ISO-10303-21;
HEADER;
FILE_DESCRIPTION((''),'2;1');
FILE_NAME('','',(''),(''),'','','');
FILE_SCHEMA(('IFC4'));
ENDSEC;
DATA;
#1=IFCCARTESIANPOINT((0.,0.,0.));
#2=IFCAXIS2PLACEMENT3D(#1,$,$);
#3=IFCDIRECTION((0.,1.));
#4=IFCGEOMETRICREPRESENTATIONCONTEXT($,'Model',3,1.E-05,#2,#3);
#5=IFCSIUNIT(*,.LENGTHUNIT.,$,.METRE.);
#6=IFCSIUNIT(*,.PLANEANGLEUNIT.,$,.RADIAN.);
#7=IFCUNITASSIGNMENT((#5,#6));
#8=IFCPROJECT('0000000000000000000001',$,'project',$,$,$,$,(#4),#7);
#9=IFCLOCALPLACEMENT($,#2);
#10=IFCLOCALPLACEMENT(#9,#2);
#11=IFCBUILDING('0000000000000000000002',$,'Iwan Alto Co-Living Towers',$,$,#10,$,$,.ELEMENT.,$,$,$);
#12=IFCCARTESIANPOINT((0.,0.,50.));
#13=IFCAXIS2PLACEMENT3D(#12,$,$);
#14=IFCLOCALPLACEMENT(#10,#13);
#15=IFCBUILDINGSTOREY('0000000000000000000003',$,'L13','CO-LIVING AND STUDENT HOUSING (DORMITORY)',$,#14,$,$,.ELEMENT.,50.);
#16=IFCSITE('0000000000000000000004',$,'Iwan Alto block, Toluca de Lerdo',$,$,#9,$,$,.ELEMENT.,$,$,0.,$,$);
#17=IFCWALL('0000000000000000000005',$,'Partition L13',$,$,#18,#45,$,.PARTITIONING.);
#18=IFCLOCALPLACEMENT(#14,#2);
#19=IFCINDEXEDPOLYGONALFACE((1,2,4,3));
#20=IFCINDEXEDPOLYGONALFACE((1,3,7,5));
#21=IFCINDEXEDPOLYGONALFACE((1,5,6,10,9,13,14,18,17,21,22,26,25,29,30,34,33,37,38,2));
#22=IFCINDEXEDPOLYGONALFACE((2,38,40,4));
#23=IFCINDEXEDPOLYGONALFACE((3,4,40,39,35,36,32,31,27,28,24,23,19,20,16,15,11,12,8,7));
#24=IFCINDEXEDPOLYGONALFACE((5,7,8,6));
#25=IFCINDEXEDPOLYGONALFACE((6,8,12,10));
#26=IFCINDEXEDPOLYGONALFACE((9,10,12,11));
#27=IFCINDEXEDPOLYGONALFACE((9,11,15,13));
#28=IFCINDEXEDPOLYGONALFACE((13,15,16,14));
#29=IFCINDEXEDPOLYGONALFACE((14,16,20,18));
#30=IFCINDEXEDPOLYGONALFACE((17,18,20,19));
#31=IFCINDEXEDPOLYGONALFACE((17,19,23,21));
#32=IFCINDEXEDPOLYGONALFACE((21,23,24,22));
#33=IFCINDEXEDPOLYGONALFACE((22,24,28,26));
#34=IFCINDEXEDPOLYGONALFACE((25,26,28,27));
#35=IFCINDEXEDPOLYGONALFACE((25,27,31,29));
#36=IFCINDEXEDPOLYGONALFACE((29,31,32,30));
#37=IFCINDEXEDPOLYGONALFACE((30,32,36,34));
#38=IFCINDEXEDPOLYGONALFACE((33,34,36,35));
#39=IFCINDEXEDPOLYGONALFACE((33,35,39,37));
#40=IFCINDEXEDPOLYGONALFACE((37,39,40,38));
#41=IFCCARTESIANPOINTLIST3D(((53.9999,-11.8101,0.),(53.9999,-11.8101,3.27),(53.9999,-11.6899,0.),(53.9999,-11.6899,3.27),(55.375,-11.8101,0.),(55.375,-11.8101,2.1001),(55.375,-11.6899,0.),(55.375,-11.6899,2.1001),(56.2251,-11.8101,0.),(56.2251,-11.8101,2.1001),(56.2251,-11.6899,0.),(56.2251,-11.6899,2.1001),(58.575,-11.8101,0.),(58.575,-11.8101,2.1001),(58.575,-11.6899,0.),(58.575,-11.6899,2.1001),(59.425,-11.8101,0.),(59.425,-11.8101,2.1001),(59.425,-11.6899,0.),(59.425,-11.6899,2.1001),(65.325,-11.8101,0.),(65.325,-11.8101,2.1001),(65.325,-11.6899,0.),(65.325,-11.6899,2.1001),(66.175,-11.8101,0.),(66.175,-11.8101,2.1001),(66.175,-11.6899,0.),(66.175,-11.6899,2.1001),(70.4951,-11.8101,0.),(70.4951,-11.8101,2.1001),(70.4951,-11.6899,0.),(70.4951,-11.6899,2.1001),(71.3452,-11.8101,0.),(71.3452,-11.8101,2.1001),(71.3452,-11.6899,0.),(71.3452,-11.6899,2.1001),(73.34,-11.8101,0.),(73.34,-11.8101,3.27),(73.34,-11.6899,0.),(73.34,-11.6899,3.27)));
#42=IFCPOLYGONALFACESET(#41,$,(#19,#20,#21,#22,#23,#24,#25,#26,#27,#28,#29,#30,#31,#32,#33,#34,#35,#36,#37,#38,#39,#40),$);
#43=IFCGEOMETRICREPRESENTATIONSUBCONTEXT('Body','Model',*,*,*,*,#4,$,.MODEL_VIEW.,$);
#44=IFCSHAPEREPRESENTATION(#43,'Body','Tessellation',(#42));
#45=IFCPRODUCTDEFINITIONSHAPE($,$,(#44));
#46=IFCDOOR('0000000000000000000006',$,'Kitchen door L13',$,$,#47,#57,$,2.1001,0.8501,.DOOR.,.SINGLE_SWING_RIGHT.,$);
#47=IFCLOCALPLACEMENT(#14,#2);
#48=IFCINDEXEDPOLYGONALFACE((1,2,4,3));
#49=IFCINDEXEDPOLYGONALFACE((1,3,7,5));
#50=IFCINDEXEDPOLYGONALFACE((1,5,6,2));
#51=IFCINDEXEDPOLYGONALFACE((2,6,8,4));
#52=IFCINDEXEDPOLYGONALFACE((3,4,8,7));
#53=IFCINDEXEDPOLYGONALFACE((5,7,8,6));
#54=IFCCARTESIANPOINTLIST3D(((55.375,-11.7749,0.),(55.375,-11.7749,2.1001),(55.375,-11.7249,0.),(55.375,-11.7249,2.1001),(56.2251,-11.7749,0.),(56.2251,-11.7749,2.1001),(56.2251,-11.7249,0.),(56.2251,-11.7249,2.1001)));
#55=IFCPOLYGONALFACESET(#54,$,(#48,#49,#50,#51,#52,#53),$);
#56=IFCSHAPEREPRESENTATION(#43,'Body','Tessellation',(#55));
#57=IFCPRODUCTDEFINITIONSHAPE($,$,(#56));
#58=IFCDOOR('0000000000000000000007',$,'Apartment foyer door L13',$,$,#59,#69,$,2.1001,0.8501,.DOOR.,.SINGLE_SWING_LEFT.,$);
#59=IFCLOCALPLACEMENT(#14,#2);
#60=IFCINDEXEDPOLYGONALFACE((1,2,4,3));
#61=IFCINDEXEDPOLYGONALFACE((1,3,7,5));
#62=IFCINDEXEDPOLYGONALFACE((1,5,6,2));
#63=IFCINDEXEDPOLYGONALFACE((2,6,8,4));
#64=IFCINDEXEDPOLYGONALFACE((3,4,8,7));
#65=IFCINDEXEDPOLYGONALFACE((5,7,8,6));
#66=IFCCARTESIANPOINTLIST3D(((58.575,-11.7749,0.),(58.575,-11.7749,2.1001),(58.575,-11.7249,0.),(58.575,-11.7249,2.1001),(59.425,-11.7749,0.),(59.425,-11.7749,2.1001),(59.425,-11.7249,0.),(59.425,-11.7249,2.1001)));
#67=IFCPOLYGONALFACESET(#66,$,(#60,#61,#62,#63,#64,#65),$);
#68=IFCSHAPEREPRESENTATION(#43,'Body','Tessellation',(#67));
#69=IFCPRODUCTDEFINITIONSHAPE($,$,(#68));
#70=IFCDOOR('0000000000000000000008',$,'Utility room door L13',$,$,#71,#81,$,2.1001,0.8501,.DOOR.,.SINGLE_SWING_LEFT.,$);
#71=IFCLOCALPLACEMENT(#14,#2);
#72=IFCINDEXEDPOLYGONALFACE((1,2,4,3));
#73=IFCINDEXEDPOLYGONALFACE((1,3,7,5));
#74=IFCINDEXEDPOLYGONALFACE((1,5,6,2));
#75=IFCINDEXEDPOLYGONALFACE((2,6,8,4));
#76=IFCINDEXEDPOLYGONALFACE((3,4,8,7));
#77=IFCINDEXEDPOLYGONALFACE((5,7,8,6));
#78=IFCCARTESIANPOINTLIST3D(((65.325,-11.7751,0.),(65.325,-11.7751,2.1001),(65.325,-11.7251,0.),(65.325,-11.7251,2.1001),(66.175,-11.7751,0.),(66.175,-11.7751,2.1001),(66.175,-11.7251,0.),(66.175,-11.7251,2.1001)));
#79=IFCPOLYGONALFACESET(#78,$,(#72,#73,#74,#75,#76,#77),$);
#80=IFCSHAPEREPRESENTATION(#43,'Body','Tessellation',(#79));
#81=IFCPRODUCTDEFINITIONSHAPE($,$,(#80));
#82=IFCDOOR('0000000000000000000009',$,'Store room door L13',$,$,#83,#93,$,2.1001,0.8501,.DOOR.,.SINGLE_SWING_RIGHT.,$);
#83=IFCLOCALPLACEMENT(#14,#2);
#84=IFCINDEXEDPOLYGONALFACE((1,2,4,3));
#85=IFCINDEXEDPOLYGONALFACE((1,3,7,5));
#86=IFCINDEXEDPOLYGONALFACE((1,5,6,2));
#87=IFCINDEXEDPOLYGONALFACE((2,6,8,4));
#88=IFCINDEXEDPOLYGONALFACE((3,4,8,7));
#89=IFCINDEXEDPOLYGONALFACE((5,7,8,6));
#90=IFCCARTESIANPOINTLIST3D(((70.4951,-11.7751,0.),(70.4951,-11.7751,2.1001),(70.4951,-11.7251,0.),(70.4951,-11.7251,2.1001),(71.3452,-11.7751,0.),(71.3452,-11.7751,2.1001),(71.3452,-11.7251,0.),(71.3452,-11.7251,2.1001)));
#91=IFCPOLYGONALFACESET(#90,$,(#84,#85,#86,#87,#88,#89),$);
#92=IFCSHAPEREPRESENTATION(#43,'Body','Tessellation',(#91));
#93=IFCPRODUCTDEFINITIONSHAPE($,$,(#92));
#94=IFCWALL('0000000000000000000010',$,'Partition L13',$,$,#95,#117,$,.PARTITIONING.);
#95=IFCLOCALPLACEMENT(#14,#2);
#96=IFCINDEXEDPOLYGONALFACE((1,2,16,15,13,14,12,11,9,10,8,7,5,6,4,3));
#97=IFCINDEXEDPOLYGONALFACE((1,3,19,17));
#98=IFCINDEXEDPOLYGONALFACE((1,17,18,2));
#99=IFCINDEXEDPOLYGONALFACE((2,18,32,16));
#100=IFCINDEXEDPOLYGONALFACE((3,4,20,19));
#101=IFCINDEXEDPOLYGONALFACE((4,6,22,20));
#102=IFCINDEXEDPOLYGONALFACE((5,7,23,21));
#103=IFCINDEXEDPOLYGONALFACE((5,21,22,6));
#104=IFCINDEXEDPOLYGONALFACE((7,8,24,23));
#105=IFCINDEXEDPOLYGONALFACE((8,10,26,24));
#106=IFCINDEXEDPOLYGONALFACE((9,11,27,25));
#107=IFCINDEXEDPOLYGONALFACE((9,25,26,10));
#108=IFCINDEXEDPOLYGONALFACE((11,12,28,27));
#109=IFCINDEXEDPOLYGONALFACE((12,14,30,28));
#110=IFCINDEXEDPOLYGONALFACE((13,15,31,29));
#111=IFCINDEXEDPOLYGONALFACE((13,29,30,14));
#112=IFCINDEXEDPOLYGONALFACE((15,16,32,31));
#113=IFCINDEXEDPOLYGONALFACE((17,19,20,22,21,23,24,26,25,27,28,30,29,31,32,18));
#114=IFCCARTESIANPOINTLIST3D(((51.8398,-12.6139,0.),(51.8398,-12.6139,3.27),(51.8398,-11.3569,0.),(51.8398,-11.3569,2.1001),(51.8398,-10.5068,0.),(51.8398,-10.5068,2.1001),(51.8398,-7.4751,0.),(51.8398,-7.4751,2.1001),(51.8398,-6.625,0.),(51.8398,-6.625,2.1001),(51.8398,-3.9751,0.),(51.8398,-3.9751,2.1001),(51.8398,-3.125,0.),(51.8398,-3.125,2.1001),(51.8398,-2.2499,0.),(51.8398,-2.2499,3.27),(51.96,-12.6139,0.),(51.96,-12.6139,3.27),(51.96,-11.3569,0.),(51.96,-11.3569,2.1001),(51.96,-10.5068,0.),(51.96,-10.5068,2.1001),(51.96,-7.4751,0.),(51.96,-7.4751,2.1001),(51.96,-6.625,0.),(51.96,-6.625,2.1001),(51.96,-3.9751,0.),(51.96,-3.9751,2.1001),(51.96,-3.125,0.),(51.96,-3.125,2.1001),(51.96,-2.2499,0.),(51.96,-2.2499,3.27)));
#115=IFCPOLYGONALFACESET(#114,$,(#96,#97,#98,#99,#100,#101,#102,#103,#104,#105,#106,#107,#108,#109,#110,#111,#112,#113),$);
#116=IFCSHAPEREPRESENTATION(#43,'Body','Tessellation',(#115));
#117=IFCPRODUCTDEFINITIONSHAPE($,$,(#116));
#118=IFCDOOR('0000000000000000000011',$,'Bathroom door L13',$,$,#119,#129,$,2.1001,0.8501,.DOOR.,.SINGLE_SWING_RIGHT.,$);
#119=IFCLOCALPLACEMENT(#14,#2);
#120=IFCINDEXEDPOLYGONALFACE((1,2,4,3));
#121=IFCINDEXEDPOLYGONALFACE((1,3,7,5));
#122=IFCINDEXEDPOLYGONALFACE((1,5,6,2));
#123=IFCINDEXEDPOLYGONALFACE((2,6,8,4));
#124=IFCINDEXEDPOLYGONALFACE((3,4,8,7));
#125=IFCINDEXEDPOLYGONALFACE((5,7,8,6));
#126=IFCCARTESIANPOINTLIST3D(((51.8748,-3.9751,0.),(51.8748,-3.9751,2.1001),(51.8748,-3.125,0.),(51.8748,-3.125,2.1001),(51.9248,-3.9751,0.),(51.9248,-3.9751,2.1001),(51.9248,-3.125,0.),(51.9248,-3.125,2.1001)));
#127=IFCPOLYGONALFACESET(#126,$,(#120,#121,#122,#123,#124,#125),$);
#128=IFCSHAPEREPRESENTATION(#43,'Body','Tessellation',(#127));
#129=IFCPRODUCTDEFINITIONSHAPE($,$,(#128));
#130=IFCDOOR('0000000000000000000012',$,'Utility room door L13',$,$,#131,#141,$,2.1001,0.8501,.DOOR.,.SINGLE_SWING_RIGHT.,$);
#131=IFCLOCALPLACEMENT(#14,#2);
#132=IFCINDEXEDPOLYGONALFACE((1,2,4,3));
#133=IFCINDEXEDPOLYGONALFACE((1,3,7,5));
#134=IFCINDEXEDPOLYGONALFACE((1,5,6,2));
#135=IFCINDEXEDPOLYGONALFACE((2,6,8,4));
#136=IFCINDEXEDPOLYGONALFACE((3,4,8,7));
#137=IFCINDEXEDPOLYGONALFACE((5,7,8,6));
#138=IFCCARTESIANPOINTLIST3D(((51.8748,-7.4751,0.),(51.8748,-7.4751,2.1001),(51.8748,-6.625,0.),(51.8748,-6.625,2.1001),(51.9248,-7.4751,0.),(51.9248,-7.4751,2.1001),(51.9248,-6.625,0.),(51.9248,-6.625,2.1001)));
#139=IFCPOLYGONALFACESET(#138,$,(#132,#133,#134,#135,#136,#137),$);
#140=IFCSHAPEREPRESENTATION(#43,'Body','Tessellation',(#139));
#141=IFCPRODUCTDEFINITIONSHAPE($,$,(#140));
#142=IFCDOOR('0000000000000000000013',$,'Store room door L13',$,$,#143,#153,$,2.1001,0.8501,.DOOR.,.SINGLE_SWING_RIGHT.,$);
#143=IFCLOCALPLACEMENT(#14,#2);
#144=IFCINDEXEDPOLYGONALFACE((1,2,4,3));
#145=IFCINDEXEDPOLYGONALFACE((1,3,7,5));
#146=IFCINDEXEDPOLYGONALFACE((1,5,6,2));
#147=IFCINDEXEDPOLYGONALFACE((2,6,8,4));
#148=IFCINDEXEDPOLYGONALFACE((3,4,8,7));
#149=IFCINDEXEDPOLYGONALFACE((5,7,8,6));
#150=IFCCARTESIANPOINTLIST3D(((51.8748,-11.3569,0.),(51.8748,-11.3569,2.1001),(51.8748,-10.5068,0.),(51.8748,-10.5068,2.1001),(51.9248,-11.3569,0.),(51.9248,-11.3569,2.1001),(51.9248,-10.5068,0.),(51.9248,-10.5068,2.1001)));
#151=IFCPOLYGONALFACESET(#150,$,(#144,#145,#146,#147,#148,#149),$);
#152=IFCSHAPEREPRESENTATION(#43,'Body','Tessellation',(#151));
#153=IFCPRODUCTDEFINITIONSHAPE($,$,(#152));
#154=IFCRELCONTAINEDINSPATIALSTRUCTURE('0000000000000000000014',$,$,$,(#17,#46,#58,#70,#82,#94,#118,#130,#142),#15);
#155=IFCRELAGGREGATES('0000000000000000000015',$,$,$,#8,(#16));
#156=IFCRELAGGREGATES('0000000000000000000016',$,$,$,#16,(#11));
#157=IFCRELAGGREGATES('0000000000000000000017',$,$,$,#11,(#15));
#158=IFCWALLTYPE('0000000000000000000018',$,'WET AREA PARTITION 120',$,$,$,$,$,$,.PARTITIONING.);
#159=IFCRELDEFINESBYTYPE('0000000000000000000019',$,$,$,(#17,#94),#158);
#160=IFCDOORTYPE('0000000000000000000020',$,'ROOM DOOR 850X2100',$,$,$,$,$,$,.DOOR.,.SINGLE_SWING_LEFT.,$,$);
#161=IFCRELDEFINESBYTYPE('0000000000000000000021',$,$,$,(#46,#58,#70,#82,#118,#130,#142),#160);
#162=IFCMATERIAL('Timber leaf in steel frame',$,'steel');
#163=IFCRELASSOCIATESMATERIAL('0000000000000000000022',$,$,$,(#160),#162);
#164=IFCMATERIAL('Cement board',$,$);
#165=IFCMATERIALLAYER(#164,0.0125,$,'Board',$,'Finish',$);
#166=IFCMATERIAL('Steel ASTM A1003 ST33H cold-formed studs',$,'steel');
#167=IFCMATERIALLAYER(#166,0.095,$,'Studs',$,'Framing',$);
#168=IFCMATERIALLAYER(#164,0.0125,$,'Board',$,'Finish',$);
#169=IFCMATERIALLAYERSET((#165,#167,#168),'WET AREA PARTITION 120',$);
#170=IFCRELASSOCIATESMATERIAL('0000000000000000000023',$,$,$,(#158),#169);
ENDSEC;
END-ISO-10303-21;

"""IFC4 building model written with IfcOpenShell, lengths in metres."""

from ifc_helpers import new_model, si_unit, direction, frame, frame_2d, origin, place, context, subcontext, project, spatial, rectangle, extrude, material, layer, layer_set, type_object, element, fill, save


model = new_model("IFC4")

# Units and contexts
model_context = context("Model", 3, precision=1e-05, world=origin(), true_north=direction((0.0, 1.0)))
body_context = subcontext(model_context, "Body", "Model", "MODEL_VIEW")
ifc_project = project(units=[si_unit("LENGTHUNIT", "METRE"), si_unit("PLANEANGLEUNIT", "RADIAN")], contexts=[model_context])

# Site, building, storey
site_placement = place(None, origin())
site = spatial("IfcSite", under=ifc_project, at=site_placement, Name="Iwan Alto block, Toluca de Lerdo", CompositionType="ELEMENT", RefElevation=0.0)
building_placement = place(site_placement, origin())
building = spatial("IfcBuilding", under=site, at=building_placement, Name="Iwan Alto Co-Living Towers", CompositionType="ELEMENT")
storey_placement = place(building_placement, frame((0.0, 0.0, 50.0)))
storey = spatial("IfcBuildingStorey", under=building, at=storey_placement, Name="L13", Description="CO-LIVING AND STUDENT HOUSING (DORMITORY)", CompositionType="ELEMENT", Elevation=50.0)

# Shared definitions
ifc_material_1 = material(Name="Steel ASTM A1003 ST33H cold-formed studs", Category="steel")

# Shared definitions
ifc_material_2 = material(Name="Timber leaf in steel frame", Category="steel")
door_type_1 = type_object("IfcDoorType", Name="ROOM DOOR 850X2100", OperationType="SINGLE_SWING_LEFT", PredefinedType="DOOR", material=ifc_material_2)

# Shared definitions
ifc_material_3 = material(Name="Cement board")
ifc_layer_1 = layer(ifc_material_3, 0.0125, Name="Board", Category="Finish")
ifc_layer_2 = layer(ifc_material_1, 0.095, Name="Studs", Category="Framing")
ifc_layer_3 = layer(ifc_material_3, 0.0125, Name="Board", Category="Finish")
ifc_layer_set_1 = layer_set([ifc_layer_1, ifc_layer_2, ifc_layer_3], Name="WET AREA PARTITION 120")
wall_type_1 = type_object("IfcWallType", Name="WET AREA PARTITION 120", PredefinedType="PARTITIONING", material=ifc_layer_set_1)

# Walls, openings, doors
wall_1_placement = place(storey_placement, frame((54.0, -11.75, 0.0), z_axis=(0.0, 0.0, 1.0), x_axis=(1.0, 0.0, 0.0)))
wall_1 = element("IfcWall", 1, at=wall_1_placement, inside=storey, type_object=wall_type_1, Name="Partition L13", PredefinedType="PARTITIONING", context=body_context, shape_type="SweptSolid", body=[
    extrude(rectangle(XDim=19.3401, YDim=0.1201, at=frame_2d((9.6699, 0.0))), origin(), (0.0, 0.0, 1.0), 3.27),
])
opening_1_placement = place(wall_1_placement, frame((1.375, 0.0, 0.0)))
opening_1 = element("IfcOpeningElement", 2, at=opening_1_placement, cuts=wall_1, PredefinedType="OPENING", context=body_context, shape_type="SweptSolid", body=[
    extrude(rectangle(XDim=0.8501, YDim=2.1001, at=frame_2d((0.425, 1.05))), frame((0.0, 0.0701, 0.0), z_axis=(0.0, -1.0, 0.0), x_axis=(1.0, 0.0, 0.0)), (0.0, 0.0, 1.0), 0.1401),
])
opening_2_placement = place(wall_1_placement, frame((4.575, 0.0, 0.0)))
opening_2 = element("IfcOpeningElement", 3, at=opening_2_placement, cuts=wall_1, PredefinedType="OPENING", context=body_context, shape_type="SweptSolid", body=[
    extrude(rectangle(XDim=0.8501, YDim=2.1001, at=frame_2d((0.425, 1.05))), frame((0.0, 0.0701, 0.0), z_axis=(0.0, -1.0, 0.0), x_axis=(1.0, 0.0, 0.0)), (0.0, 0.0, 1.0), 0.1401),
])
opening_3_placement = place(wall_1_placement, frame((11.325, 0.0, 0.0)))
opening_3 = element("IfcOpeningElement", 4, at=opening_3_placement, cuts=wall_1, PredefinedType="OPENING", context=body_context, shape_type="SweptSolid", body=[
    extrude(rectangle(XDim=0.8501, YDim=2.1001, at=frame_2d((0.425, 1.05))), frame((0.0, 0.0701, 0.0), z_axis=(0.0, -1.0, 0.0), x_axis=(1.0, 0.0, 0.0)), (0.0, 0.0, 1.0), 0.1401),
])
opening_4_placement = place(wall_1_placement, frame((16.4951, 0.0, 0.0)))
opening_4 = element("IfcOpeningElement", 5, at=opening_4_placement, cuts=wall_1, PredefinedType="OPENING", context=body_context, shape_type="SweptSolid", body=[
    extrude(rectangle(XDim=0.8501, YDim=2.1001, at=frame_2d((0.425, 1.05))), frame((0.0, 0.0701, 0.0), z_axis=(0.0, -1.0, 0.0), x_axis=(1.0, 0.0, 0.0)), (0.0, 0.0, 1.0), 0.1401),
])
door_1_placement = place(opening_1_placement, frame((0.8501, 0.0, 0.0), z_axis=(0.0, 0.0, 1.0), x_axis=(-1.0, 0.0, 0.0)))
door_1 = element("IfcDoor", 6, at=door_1_placement, inside=storey, type_object=door_type_1, Name="Kitchen door L13", OperationType="SINGLE_SWING_RIGHT", OverallHeight=2.1001, OverallWidth=0.8501, PredefinedType="DOOR", context=body_context, shape_type="SweptSolid", body=[
    extrude(rectangle(XDim=0.8501, YDim=2.1001, at=frame_2d((0.425, 1.05))), frame((0.0, 0.0249, 0.0), z_axis=(0.0, -1.0, 0.0), x_axis=(1.0, 0.0, 0.0)), (0.0, 0.0, 1.0), 0.05),
])
fill(opening_1, door_1)
door_2_placement = place(opening_2_placement, frame((0.8501, 0.0, 0.0), z_axis=(0.0, 0.0, 1.0), x_axis=(-1.0, 0.0, 0.0)))
door_2 = element("IfcDoor", 7, at=door_2_placement, inside=storey, type_object=door_type_1, Name="Apartment foyer door L13", OperationType="SINGLE_SWING_LEFT", OverallHeight=2.1001, OverallWidth=0.8501, PredefinedType="DOOR", context=body_context, shape_type="SweptSolid", body=[
    extrude(rectangle(XDim=0.8501, YDim=2.1001, at=frame_2d((0.425, 1.05))), frame((0.0, 0.0249, 0.0), z_axis=(0.0, -1.0, 0.0), x_axis=(1.0, 0.0, 0.0)), (0.0, 0.0, 1.0), 0.05),
])
fill(opening_2, door_2)
door_3_placement = place(opening_3_placement, origin())
door_3 = element("IfcDoor", 8, at=door_3_placement, inside=storey, type_object=door_type_1, Name="Utility room door L13", OperationType="SINGLE_SWING_LEFT", OverallHeight=2.1001, OverallWidth=0.8501, PredefinedType="DOOR", context=body_context, shape_type="SweptSolid", body=[
    extrude(rectangle(XDim=0.8501, YDim=2.1001, at=frame_2d((0.425, 1.05))), frame((0.0, 0.0249, 0.0), z_axis=(0.0, -1.0, 0.0), x_axis=(1.0, 0.0, 0.0)), (0.0, 0.0, 1.0), 0.05),
])
fill(opening_3, door_3)
door_4_placement = place(opening_4_placement, origin())
door_4 = element("IfcDoor", 9, at=door_4_placement, inside=storey, type_object=door_type_1, Name="Store room door L13", OperationType="SINGLE_SWING_RIGHT", OverallHeight=2.1001, OverallWidth=0.8501, PredefinedType="DOOR", context=body_context, shape_type="SweptSolid", body=[
    extrude(rectangle(XDim=0.8501, YDim=2.1001, at=frame_2d((0.425, 1.05))), frame((0.0, 0.0249, 0.0), z_axis=(0.0, -1.0, 0.0), x_axis=(1.0, 0.0, 0.0)), (0.0, 0.0, 1.0), 0.05),
])
fill(opening_4, door_4)
wall_2_placement = place(storey_placement, frame((51.8999, -12.614, 0.0), z_axis=(0.0, 0.0, 1.0), x_axis=(0.0, 1.0, 0.0)))
wall_2 = element("IfcWall", 10, at=wall_2_placement, inside=storey, type_object=wall_type_1, Name="Partition L13", PredefinedType="PARTITIONING", context=body_context, shape_type="SweptSolid", body=[
    extrude(rectangle(XDim=10.364, YDim=0.1201, at=frame_2d((5.1821, 0.0))), origin(), (0.0, 0.0, 1.0), 3.27),
])
opening_5_placement = place(wall_2_placement, frame((8.6389, 0.0, 0.0)))
opening_5 = element("IfcOpeningElement", 11, at=opening_5_placement, cuts=wall_2, PredefinedType="OPENING", context=body_context, shape_type="SweptSolid", body=[
    extrude(rectangle(XDim=0.8501, YDim=2.1001, at=frame_2d((0.425, 1.05))), frame((0.0, 0.0701, 0.0), z_axis=(0.0, -1.0, 0.0), x_axis=(1.0, 0.0, 0.0)), (0.0, 0.0, 1.0), 0.1401),
])
opening_6_placement = place(wall_2_placement, frame((5.1389, 0.0, 0.0)))
opening_6 = element("IfcOpeningElement", 12, at=opening_6_placement, cuts=wall_2, PredefinedType="OPENING", context=body_context, shape_type="SweptSolid", body=[
    extrude(rectangle(XDim=0.8501, YDim=2.1001, at=frame_2d((0.425, 1.05))), frame((0.0, 0.0701, 0.0), z_axis=(0.0, -1.0, 0.0), x_axis=(1.0, 0.0, 0.0)), (0.0, 0.0, 1.0), 0.1401),
])
opening_7_placement = place(wall_2_placement, frame((1.2571, 0.0, 0.0)))
opening_7 = element("IfcOpeningElement", 13, at=opening_7_placement, cuts=wall_2, PredefinedType="OPENING", context=body_context, shape_type="SweptSolid", body=[
    extrude(rectangle(XDim=0.8501, YDim=2.1001, at=frame_2d((0.425, 1.05))), frame((0.0, 0.0701, 0.0), z_axis=(0.0, -1.0, 0.0), x_axis=(1.0, 0.0, 0.0)), (0.0, 0.0, 1.0), 0.1401),
])
door_5_placement = place(opening_5_placement, frame((0.8501, 0.0, 0.0), z_axis=(0.0, 0.0, 1.0), x_axis=(-1.0, 0.0, 0.0)))
door_5 = element("IfcDoor", 14, at=door_5_placement, inside=storey, type_object=door_type_1, Name="Bathroom door L13", OperationType="SINGLE_SWING_RIGHT", OverallHeight=2.1001, OverallWidth=0.8501, PredefinedType="DOOR", context=body_context, shape_type="SweptSolid", body=[
    extrude(rectangle(XDim=0.8501, YDim=2.1001, at=frame_2d((0.425, 1.05))), frame((0.0, 0.0249, 0.0), z_axis=(0.0, -1.0, 0.0), x_axis=(1.0, 0.0, 0.0)), (0.0, 0.0, 1.0), 0.05),
])
fill(opening_5, door_5)
door_6_placement = place(opening_6_placement, frame((0.8501, 0.0, 0.0), z_axis=(0.0, 0.0, 1.0), x_axis=(-1.0, 0.0, 0.0)))
door_6 = element("IfcDoor", 15, at=door_6_placement, inside=storey, type_object=door_type_1, Name="Utility room door L13", OperationType="SINGLE_SWING_RIGHT", OverallHeight=2.1001, OverallWidth=0.8501, PredefinedType="DOOR", context=body_context, shape_type="SweptSolid", body=[
    extrude(rectangle(XDim=0.8501, YDim=2.1001, at=frame_2d((0.425, 1.05))), frame((0.0, 0.0249, 0.0), z_axis=(0.0, -1.0, 0.0), x_axis=(1.0, 0.0, 0.0)), (0.0, 0.0, 1.0), 0.05),
])
fill(opening_6, door_6)
door_7_placement = place(opening_7_placement, frame((0.8501, 0.0, 0.0), z_axis=(0.0, 0.0, 1.0), x_axis=(-1.0, 0.0, 0.0)))
door_7 = element("IfcDoor", 16, at=door_7_placement, inside=storey, type_object=door_type_1, Name="Store room door L13", OperationType="SINGLE_SWING_RIGHT", OverallHeight=2.1001, OverallWidth=0.8501, PredefinedType="DOOR", context=body_context, shape_type="SweptSolid", body=[
    extrude(rectangle(XDim=0.8501, YDim=2.1001, at=frame_2d((0.425, 1.05))), frame((0.0, 0.0249, 0.0), z_axis=(0.0, -1.0, 0.0), x_axis=(1.0, 0.0, 0.0)), (0.0, 0.0, 1.0), 0.05),
])
fill(opening_7, door_7)

save(model, "model.ifc")
